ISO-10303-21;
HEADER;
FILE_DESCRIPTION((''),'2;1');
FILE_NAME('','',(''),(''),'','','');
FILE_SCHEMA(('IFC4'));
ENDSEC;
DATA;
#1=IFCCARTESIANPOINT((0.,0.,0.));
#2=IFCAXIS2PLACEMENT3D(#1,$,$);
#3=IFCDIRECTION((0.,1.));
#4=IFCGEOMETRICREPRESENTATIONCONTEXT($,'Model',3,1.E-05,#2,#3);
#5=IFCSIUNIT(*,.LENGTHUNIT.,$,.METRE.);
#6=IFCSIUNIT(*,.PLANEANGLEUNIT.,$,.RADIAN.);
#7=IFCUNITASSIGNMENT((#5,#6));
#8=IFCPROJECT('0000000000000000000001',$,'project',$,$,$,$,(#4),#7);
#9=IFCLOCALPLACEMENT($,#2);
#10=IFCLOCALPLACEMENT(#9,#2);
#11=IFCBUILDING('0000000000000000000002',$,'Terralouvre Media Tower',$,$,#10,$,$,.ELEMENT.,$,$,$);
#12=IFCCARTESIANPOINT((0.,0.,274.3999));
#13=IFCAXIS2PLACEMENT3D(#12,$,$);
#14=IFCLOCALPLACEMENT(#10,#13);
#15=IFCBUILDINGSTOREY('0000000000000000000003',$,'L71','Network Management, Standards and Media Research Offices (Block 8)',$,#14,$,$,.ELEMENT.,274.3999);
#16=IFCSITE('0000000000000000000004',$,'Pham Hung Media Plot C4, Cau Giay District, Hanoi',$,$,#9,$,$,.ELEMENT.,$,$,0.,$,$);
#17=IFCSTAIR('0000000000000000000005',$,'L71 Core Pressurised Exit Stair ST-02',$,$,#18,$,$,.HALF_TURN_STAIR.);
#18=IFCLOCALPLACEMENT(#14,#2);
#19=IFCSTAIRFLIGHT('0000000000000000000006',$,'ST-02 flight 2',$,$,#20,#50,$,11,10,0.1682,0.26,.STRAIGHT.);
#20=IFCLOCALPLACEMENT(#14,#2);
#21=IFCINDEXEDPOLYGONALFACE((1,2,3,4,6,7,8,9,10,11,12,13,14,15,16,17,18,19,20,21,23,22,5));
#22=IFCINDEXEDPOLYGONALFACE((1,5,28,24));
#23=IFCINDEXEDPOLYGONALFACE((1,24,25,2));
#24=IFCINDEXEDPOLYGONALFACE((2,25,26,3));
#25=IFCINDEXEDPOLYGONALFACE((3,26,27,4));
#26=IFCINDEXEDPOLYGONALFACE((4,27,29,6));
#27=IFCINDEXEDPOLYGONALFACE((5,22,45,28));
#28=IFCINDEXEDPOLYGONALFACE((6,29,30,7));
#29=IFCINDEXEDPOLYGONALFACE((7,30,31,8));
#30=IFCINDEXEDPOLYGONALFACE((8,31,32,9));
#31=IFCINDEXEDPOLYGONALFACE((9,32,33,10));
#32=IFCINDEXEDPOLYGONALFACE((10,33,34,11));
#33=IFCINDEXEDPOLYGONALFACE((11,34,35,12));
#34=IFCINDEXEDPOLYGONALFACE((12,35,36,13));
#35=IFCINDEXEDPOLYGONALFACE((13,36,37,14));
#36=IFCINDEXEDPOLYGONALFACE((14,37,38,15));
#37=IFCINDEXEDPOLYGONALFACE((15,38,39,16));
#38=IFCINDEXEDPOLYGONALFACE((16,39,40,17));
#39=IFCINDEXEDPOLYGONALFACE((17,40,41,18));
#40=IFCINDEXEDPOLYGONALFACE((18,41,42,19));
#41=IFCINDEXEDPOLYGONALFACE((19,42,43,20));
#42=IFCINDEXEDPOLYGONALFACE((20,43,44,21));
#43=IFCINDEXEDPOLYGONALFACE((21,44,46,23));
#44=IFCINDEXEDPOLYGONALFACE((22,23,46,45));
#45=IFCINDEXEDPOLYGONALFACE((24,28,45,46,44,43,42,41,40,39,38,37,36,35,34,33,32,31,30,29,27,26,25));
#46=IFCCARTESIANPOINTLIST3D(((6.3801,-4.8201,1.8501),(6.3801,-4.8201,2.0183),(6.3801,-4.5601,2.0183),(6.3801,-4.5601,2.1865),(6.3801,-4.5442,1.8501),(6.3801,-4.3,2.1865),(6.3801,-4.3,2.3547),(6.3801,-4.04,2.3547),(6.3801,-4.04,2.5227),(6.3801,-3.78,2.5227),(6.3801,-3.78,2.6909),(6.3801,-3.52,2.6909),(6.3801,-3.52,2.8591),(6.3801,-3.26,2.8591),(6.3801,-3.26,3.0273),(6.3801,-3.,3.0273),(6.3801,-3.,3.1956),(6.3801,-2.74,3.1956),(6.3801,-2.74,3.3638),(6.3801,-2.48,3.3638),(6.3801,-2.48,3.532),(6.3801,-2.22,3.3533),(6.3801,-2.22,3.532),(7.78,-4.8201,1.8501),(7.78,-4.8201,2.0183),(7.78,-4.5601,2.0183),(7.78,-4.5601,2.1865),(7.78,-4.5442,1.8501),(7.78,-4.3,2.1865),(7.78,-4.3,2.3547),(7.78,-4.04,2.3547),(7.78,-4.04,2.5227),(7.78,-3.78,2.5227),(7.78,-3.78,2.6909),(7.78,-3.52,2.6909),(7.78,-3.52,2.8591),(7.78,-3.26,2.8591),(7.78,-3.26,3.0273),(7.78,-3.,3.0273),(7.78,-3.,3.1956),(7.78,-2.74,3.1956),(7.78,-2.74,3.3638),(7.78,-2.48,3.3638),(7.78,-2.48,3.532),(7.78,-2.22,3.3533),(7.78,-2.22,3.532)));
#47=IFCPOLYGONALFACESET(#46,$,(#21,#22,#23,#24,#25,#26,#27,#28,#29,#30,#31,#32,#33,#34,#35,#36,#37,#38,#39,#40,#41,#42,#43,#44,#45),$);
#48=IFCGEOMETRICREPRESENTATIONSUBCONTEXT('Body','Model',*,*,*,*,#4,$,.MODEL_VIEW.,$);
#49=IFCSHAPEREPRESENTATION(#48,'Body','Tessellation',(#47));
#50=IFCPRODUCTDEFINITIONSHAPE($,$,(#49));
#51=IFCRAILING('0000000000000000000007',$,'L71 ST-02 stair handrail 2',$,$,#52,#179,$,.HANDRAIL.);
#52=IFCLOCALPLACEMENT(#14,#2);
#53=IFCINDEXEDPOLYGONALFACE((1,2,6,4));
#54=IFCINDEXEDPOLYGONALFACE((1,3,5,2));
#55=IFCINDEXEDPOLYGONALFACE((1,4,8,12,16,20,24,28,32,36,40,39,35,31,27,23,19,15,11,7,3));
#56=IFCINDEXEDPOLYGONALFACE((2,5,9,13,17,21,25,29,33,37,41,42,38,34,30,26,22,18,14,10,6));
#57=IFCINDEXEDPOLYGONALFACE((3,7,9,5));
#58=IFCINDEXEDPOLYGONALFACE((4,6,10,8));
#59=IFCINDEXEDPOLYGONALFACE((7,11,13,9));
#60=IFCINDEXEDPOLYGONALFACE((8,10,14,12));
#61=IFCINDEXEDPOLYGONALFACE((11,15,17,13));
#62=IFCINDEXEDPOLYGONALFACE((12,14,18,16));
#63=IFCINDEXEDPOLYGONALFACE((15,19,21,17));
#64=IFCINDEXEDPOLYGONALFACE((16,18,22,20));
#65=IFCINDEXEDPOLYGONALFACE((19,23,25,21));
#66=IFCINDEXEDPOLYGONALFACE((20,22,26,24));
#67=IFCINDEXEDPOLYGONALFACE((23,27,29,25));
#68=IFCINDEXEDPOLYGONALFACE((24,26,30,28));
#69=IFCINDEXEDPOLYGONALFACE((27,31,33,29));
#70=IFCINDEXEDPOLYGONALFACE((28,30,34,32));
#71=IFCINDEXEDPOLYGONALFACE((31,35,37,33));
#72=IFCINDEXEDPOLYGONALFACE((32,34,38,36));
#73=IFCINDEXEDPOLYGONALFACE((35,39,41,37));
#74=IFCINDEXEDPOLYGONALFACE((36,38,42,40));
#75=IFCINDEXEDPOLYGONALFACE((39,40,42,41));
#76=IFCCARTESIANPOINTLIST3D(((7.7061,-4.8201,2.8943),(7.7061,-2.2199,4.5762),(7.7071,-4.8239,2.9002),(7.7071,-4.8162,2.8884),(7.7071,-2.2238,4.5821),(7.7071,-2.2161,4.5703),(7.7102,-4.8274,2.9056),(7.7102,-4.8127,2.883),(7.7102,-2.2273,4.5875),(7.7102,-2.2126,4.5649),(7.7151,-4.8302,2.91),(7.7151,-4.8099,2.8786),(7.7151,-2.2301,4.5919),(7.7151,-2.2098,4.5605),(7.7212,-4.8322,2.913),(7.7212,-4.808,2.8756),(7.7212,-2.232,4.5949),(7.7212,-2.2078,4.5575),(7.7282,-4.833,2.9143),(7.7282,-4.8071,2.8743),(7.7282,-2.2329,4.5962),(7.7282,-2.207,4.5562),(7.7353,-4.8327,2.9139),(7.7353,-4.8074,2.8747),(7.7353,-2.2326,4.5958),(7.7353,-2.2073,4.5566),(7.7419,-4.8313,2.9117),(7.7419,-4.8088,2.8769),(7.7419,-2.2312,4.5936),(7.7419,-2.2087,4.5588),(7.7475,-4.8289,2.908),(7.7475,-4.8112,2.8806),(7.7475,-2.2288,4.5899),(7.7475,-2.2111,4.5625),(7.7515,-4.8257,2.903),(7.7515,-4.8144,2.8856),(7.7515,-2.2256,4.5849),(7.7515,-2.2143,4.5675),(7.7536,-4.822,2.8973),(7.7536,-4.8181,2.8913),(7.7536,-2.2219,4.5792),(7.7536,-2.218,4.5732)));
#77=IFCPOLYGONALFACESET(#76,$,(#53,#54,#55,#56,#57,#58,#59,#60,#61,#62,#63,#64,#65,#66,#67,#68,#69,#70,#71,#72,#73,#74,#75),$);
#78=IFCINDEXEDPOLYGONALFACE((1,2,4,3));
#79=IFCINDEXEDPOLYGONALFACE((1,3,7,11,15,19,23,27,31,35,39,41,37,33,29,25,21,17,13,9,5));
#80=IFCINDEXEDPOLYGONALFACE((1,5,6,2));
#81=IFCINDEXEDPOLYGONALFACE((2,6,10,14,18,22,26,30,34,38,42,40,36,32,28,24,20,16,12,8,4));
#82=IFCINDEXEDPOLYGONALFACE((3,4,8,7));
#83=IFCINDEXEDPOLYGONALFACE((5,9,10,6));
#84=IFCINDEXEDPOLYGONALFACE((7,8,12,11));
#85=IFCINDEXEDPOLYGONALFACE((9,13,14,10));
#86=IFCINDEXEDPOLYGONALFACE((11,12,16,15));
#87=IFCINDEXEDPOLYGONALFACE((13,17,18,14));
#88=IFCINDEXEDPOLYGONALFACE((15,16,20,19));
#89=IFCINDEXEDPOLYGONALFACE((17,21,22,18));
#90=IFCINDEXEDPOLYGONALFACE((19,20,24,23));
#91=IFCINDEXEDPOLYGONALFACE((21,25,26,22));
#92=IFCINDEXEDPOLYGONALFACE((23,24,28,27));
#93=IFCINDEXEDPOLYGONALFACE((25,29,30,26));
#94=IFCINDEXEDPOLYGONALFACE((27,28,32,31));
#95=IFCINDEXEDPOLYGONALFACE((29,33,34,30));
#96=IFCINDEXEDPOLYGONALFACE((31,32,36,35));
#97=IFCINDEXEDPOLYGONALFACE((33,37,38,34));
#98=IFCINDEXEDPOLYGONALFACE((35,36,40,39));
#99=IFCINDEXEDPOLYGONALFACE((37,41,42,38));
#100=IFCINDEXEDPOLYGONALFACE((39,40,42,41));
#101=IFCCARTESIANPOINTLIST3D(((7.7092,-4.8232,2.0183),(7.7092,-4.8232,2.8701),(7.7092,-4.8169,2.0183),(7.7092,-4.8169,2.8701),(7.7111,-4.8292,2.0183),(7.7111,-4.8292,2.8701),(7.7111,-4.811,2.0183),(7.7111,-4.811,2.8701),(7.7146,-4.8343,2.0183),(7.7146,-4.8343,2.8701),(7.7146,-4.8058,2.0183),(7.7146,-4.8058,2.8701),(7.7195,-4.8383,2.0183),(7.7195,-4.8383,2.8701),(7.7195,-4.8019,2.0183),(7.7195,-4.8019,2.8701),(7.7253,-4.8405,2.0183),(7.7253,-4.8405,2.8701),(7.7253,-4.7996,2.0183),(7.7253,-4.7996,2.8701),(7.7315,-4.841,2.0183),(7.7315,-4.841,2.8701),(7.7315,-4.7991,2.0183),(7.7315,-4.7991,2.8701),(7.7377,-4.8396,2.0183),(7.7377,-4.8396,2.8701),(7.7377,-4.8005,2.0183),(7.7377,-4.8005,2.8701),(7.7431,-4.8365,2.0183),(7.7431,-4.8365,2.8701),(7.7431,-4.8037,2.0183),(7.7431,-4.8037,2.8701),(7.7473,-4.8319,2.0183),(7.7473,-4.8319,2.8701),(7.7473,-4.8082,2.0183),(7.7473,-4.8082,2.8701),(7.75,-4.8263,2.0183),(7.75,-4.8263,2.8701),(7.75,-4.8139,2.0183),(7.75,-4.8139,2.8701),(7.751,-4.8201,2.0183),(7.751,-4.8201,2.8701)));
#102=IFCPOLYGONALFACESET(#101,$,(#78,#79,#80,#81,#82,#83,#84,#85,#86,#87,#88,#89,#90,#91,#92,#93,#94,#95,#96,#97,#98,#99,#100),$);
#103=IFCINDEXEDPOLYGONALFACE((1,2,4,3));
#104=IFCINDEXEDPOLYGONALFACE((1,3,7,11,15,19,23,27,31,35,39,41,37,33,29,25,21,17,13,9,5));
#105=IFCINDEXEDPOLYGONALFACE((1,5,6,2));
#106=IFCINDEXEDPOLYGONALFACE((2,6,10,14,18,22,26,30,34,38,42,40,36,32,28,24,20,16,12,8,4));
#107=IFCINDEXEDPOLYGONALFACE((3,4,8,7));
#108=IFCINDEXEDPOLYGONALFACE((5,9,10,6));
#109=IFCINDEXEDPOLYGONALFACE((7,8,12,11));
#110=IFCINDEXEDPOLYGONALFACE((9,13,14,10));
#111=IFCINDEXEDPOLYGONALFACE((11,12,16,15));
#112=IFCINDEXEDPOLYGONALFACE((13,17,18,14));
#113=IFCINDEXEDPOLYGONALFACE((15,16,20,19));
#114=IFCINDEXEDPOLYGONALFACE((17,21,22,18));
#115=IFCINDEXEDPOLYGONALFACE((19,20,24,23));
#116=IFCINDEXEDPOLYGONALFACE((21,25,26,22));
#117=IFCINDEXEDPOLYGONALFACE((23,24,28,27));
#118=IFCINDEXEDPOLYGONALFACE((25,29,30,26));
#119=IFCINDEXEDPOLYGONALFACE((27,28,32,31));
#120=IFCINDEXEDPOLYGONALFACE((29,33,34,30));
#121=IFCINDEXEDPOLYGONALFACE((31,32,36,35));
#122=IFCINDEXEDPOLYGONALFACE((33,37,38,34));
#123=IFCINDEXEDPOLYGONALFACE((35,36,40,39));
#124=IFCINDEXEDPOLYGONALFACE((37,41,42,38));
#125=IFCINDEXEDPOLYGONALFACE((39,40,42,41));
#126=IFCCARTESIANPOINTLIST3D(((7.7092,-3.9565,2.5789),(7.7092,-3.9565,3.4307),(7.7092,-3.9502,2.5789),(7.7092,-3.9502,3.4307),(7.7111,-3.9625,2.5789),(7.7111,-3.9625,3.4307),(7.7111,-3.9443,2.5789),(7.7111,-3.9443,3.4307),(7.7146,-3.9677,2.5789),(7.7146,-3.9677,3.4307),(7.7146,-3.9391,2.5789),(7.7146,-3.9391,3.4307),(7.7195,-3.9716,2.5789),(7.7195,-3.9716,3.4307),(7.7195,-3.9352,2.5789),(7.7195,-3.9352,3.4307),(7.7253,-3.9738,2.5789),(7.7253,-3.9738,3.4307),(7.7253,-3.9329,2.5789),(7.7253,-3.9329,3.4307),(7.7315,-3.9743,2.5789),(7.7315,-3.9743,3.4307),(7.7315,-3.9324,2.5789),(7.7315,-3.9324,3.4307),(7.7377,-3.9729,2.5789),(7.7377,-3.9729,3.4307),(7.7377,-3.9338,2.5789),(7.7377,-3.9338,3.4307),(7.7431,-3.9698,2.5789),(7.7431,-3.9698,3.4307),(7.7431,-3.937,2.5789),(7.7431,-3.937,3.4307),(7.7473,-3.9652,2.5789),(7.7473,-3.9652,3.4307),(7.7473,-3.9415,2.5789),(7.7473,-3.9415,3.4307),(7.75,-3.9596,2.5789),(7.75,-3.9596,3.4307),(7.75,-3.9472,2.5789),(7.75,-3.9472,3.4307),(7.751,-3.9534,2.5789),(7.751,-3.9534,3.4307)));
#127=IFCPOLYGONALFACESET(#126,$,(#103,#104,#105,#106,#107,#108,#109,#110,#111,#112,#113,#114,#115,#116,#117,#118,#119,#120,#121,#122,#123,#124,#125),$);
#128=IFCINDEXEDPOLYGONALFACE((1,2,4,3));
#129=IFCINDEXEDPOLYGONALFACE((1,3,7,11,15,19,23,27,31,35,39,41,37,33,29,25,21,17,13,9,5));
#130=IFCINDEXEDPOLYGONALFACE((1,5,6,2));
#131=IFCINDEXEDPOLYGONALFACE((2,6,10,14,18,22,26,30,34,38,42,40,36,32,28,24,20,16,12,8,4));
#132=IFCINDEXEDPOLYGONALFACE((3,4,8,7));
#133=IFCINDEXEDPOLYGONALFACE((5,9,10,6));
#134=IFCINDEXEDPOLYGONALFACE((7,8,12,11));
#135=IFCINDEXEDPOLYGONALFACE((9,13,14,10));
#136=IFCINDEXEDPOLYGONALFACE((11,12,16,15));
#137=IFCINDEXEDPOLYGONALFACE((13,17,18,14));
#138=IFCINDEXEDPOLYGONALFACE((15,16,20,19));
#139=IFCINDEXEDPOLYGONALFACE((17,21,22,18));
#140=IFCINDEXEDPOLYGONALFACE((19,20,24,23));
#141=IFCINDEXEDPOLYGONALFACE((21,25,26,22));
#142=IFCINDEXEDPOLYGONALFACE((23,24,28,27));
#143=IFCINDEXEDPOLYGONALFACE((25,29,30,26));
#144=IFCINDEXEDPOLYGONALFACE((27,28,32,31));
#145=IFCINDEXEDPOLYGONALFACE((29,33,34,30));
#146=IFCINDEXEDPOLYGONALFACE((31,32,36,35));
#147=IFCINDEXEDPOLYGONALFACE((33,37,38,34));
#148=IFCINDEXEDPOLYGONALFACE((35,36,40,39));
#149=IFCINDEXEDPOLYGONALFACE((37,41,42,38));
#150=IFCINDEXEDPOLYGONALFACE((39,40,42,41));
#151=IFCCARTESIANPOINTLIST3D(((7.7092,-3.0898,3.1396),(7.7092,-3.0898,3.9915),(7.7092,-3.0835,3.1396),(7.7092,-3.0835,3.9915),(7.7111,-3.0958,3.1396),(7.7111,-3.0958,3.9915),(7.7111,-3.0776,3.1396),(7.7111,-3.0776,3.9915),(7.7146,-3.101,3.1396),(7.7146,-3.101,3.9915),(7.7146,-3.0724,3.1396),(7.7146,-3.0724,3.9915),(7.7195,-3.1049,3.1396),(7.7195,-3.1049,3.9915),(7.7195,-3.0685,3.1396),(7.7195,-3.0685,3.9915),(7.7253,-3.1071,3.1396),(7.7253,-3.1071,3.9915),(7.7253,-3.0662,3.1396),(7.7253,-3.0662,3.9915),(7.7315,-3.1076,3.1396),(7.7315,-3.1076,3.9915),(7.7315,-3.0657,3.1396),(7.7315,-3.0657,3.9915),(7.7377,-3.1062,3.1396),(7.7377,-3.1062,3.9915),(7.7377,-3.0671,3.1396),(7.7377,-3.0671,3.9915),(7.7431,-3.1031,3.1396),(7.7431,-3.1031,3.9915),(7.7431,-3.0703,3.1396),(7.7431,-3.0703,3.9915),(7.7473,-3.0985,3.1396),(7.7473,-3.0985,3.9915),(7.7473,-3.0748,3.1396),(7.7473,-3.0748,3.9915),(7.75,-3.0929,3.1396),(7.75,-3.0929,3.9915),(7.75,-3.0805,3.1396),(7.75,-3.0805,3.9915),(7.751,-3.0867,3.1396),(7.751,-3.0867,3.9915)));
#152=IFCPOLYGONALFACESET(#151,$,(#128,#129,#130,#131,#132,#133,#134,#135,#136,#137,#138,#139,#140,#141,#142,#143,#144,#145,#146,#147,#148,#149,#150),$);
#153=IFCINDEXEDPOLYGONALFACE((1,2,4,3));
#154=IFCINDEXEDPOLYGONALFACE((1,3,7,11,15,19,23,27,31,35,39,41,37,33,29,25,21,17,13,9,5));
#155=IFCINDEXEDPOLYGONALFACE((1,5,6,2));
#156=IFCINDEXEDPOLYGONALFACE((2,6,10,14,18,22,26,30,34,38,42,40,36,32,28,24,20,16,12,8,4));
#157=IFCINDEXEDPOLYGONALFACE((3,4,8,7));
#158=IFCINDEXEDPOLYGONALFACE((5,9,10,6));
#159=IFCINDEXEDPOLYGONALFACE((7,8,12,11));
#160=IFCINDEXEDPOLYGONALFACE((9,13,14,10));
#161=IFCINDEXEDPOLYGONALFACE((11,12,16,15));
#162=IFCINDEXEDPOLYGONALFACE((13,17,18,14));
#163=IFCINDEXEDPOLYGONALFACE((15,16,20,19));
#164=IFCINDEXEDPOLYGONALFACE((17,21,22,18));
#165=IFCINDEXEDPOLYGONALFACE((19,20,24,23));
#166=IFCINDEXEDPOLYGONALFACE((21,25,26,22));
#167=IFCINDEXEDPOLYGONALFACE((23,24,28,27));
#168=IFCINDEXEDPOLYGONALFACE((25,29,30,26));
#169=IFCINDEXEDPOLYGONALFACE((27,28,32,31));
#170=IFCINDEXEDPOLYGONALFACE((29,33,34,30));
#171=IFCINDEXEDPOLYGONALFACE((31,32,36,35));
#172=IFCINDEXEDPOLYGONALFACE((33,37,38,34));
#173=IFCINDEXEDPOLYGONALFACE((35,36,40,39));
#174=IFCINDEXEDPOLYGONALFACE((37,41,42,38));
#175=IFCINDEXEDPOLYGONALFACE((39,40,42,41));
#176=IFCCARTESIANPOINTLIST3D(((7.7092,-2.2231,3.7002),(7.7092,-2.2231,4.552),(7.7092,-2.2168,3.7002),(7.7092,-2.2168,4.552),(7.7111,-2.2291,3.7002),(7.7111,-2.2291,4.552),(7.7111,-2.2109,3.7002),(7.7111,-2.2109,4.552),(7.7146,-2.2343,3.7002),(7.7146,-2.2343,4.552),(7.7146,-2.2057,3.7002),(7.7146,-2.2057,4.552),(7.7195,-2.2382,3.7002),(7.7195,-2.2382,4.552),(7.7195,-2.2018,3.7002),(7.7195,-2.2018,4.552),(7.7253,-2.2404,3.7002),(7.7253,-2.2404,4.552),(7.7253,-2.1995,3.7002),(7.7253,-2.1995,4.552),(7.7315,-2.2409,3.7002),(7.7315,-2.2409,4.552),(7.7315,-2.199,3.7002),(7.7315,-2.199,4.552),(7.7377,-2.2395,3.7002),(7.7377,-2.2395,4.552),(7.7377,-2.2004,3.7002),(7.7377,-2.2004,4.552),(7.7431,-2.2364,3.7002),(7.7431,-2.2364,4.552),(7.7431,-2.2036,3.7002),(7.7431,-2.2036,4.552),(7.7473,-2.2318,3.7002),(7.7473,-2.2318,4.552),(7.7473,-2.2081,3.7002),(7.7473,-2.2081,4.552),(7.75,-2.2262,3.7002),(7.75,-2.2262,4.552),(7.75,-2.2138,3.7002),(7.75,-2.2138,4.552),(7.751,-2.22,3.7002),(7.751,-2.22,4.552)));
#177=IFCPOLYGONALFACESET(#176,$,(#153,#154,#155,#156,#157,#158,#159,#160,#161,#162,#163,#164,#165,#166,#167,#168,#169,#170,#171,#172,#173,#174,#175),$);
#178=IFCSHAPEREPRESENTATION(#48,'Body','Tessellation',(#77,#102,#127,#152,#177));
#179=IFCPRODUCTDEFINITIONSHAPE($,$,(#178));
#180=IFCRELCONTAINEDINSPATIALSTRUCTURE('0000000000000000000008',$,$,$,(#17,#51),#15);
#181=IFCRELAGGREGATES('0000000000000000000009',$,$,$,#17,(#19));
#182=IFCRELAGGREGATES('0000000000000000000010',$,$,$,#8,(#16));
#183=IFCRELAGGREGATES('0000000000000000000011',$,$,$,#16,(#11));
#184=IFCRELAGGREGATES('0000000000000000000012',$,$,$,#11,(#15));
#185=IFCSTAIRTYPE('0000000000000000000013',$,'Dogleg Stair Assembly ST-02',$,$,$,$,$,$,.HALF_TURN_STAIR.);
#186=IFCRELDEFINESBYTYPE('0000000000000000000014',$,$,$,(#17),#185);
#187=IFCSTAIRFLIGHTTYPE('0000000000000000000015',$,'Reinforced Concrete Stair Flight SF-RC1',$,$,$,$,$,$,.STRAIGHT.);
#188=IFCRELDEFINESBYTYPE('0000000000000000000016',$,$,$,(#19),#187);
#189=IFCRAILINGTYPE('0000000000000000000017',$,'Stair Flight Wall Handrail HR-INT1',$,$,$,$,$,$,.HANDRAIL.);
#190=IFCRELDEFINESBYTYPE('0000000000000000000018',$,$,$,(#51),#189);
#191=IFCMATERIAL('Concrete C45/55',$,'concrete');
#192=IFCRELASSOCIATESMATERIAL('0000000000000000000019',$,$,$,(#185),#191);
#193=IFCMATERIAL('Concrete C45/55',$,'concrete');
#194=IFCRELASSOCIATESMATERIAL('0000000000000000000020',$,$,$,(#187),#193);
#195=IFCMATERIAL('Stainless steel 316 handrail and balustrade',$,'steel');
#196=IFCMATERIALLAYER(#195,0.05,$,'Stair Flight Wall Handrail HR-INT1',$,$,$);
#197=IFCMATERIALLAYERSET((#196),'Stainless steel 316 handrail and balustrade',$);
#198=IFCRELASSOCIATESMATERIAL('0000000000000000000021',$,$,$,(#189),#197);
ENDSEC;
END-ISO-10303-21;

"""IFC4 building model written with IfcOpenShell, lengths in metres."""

from ifc_helpers import new_model, si_unit, direction, frame, origin, origin_2d, place, context, subcontext, project, spatial, polyline, circle, outline, extrude, material, layer, layer_set, type_object, element, aggregate, save


model = new_model("IFC4")

# Units and contexts
model_context = context("Model", 3, precision=1e-05, world=origin(), true_north=direction((0.0, 1.0)))
body_context = subcontext(model_context, "Body", "Model", "MODEL_VIEW")
ifc_project = project(units=[si_unit("LENGTHUNIT", "METRE"), si_unit("PLANEANGLEUNIT", "RADIAN")], contexts=[model_context])

# Site, building, storey
site_placement = place(None, origin())
site = spatial("IfcSite", under=ifc_project, at=site_placement, Name="Pham Hung Media Plot C4, Cau Giay District, Hanoi", CompositionType="ELEMENT", RefElevation=0.0)
building_placement = place(site_placement, origin())
building = spatial("IfcBuilding", under=site, at=building_placement, Name="Terralouvre Media Tower", CompositionType="ELEMENT")
storey_placement = place(building_placement, frame((0.0, 0.0, 274.3999)))
storey = spatial("IfcBuildingStorey", under=building, at=storey_placement, Name="L71", Description="Network Management, Standards and Media Research Offices (Block 8)", CompositionType="ELEMENT", Elevation=274.3999)

# Stair, stair flight
ifc_material_1 = material(Name="Concrete C45/55", Category="concrete")
stair_type = type_object("IfcStairType", Name="Dogleg Stair Assembly ST-02", PredefinedType="HALF_TURN_STAIR", material=ifc_material_1)
stair_placement = place(storey_placement, origin())
stair = element("IfcStair", 1, at=stair_placement, inside=storey, type_object=stair_type, Name="L71 Core Pressurised Exit Stair ST-02", PredefinedType="HALF_TURN_STAIR")
ifc_material_2 = material(Name="Concrete C45/55", Category="concrete")
stair_flight_type = type_object("IfcStairFlightType", Name="Reinforced Concrete Stair Flight SF-RC1", PredefinedType="STRAIGHT", material=ifc_material_2)
stair_flight_placement = place(storey_placement, frame((7.0801, -4.8201, 1.8501), z_axis=(0.0, 0.0, 1.0), x_axis=(0.0, 1.0, 0.0)))
stair_flight = element("IfcStairFlight", 2, at=stair_flight_placement, type_object=stair_flight_type, Name="ST-02 flight 2", NumberOfRisers=11, NumberOfTreads=10, PredefinedType="STRAIGHT", RiserHeight=0.1682, TreadLength=0.26, context=body_context, shape_type="SweptSolid", body=[
    extrude(outline(polyline([(0.0, 0.0), (0.0, 0.1682), (0.26, 0.1682), (0.26, 0.3364), (0.52, 0.3364), (0.52, 0.5046), (0.78, 0.5046), (0.78, 0.6726), (1.04, 0.6726), (1.04, 0.8408), (1.3, 0.8408), (1.3, 1.009), (1.5601, 1.009), (1.5601, 1.1772), (1.8201, 1.1772), (1.8201, 1.3455), (2.0801, 1.3455), (2.0801, 1.5137), (2.3401, 1.5137), (2.3401, 1.6819), (2.6001, 1.6819), (2.6001, 1.8501), (2.6001, 1.5032), (0.2759, 0.0), (0.0, 0.0)])), frame((0.0, 0.7, 0.0), z_axis=(0.0, -1.0, 0.0), x_axis=(1.0, 0.0, 0.0)), (0.0, 0.0, 1.0), 1.3999),
])
aggregate(stair, [stair_flight])

# Railing
ifc_material_3 = material(Name="Stainless steel 316 handrail and balustrade", Category="steel")
ifc_layer_1 = layer(ifc_material_3, 0.05, Name="Stair Flight Wall Handrail HR-INT1")
ifc_layer_set_1 = layer_set([ifc_layer_1], Name="Stainless steel 316 handrail and balustrade")
railing_type_1 = type_object("IfcRailingType", Name="Stair Flight Wall Handrail HR-INT1", PredefinedType="HANDRAIL", material=ifc_layer_set_1)
railing_1_placement = place(storey_placement, frame((7.73, -4.8201, 2.0183)))
element("IfcRailing", 3, at=railing_1_placement, inside=storey, type_object=railing_type_1, Name="L71 ST-02 stair handrail 2", PredefinedType="HANDRAIL", context=body_context, shape_type="SweptSolid", body=[
    extrude(circle(Radius=0.0239, at=origin_2d()), frame((0.0, 0.0, 0.876), z_axis=(0.0, 0.839648, 0.54313), x_axis=(-1.0, 0.0, 0.0)), (0.0, 0.0, 1.0), 3.0967),
    extrude(circle(Radius=0.021, at=origin_2d()), origin(), (0.0, 0.0, 1.0), 0.8518),
    extrude(circle(Radius=0.021, at=origin_2d()), frame((0.0, 0.8667, 0.5605)), (0.0, 0.0, 1.0), 0.8518),
    extrude(circle(Radius=0.021, at=origin_2d()), frame((0.0, 1.7334, 1.1213)), (0.0, 0.0, 1.0), 0.8518),
    extrude(circle(Radius=0.021, at=origin_2d()), frame((0.0, 2.6001, 1.6819)), (0.0, 0.0, 1.0), 0.8518),
])

save(model, "model.ifc")
